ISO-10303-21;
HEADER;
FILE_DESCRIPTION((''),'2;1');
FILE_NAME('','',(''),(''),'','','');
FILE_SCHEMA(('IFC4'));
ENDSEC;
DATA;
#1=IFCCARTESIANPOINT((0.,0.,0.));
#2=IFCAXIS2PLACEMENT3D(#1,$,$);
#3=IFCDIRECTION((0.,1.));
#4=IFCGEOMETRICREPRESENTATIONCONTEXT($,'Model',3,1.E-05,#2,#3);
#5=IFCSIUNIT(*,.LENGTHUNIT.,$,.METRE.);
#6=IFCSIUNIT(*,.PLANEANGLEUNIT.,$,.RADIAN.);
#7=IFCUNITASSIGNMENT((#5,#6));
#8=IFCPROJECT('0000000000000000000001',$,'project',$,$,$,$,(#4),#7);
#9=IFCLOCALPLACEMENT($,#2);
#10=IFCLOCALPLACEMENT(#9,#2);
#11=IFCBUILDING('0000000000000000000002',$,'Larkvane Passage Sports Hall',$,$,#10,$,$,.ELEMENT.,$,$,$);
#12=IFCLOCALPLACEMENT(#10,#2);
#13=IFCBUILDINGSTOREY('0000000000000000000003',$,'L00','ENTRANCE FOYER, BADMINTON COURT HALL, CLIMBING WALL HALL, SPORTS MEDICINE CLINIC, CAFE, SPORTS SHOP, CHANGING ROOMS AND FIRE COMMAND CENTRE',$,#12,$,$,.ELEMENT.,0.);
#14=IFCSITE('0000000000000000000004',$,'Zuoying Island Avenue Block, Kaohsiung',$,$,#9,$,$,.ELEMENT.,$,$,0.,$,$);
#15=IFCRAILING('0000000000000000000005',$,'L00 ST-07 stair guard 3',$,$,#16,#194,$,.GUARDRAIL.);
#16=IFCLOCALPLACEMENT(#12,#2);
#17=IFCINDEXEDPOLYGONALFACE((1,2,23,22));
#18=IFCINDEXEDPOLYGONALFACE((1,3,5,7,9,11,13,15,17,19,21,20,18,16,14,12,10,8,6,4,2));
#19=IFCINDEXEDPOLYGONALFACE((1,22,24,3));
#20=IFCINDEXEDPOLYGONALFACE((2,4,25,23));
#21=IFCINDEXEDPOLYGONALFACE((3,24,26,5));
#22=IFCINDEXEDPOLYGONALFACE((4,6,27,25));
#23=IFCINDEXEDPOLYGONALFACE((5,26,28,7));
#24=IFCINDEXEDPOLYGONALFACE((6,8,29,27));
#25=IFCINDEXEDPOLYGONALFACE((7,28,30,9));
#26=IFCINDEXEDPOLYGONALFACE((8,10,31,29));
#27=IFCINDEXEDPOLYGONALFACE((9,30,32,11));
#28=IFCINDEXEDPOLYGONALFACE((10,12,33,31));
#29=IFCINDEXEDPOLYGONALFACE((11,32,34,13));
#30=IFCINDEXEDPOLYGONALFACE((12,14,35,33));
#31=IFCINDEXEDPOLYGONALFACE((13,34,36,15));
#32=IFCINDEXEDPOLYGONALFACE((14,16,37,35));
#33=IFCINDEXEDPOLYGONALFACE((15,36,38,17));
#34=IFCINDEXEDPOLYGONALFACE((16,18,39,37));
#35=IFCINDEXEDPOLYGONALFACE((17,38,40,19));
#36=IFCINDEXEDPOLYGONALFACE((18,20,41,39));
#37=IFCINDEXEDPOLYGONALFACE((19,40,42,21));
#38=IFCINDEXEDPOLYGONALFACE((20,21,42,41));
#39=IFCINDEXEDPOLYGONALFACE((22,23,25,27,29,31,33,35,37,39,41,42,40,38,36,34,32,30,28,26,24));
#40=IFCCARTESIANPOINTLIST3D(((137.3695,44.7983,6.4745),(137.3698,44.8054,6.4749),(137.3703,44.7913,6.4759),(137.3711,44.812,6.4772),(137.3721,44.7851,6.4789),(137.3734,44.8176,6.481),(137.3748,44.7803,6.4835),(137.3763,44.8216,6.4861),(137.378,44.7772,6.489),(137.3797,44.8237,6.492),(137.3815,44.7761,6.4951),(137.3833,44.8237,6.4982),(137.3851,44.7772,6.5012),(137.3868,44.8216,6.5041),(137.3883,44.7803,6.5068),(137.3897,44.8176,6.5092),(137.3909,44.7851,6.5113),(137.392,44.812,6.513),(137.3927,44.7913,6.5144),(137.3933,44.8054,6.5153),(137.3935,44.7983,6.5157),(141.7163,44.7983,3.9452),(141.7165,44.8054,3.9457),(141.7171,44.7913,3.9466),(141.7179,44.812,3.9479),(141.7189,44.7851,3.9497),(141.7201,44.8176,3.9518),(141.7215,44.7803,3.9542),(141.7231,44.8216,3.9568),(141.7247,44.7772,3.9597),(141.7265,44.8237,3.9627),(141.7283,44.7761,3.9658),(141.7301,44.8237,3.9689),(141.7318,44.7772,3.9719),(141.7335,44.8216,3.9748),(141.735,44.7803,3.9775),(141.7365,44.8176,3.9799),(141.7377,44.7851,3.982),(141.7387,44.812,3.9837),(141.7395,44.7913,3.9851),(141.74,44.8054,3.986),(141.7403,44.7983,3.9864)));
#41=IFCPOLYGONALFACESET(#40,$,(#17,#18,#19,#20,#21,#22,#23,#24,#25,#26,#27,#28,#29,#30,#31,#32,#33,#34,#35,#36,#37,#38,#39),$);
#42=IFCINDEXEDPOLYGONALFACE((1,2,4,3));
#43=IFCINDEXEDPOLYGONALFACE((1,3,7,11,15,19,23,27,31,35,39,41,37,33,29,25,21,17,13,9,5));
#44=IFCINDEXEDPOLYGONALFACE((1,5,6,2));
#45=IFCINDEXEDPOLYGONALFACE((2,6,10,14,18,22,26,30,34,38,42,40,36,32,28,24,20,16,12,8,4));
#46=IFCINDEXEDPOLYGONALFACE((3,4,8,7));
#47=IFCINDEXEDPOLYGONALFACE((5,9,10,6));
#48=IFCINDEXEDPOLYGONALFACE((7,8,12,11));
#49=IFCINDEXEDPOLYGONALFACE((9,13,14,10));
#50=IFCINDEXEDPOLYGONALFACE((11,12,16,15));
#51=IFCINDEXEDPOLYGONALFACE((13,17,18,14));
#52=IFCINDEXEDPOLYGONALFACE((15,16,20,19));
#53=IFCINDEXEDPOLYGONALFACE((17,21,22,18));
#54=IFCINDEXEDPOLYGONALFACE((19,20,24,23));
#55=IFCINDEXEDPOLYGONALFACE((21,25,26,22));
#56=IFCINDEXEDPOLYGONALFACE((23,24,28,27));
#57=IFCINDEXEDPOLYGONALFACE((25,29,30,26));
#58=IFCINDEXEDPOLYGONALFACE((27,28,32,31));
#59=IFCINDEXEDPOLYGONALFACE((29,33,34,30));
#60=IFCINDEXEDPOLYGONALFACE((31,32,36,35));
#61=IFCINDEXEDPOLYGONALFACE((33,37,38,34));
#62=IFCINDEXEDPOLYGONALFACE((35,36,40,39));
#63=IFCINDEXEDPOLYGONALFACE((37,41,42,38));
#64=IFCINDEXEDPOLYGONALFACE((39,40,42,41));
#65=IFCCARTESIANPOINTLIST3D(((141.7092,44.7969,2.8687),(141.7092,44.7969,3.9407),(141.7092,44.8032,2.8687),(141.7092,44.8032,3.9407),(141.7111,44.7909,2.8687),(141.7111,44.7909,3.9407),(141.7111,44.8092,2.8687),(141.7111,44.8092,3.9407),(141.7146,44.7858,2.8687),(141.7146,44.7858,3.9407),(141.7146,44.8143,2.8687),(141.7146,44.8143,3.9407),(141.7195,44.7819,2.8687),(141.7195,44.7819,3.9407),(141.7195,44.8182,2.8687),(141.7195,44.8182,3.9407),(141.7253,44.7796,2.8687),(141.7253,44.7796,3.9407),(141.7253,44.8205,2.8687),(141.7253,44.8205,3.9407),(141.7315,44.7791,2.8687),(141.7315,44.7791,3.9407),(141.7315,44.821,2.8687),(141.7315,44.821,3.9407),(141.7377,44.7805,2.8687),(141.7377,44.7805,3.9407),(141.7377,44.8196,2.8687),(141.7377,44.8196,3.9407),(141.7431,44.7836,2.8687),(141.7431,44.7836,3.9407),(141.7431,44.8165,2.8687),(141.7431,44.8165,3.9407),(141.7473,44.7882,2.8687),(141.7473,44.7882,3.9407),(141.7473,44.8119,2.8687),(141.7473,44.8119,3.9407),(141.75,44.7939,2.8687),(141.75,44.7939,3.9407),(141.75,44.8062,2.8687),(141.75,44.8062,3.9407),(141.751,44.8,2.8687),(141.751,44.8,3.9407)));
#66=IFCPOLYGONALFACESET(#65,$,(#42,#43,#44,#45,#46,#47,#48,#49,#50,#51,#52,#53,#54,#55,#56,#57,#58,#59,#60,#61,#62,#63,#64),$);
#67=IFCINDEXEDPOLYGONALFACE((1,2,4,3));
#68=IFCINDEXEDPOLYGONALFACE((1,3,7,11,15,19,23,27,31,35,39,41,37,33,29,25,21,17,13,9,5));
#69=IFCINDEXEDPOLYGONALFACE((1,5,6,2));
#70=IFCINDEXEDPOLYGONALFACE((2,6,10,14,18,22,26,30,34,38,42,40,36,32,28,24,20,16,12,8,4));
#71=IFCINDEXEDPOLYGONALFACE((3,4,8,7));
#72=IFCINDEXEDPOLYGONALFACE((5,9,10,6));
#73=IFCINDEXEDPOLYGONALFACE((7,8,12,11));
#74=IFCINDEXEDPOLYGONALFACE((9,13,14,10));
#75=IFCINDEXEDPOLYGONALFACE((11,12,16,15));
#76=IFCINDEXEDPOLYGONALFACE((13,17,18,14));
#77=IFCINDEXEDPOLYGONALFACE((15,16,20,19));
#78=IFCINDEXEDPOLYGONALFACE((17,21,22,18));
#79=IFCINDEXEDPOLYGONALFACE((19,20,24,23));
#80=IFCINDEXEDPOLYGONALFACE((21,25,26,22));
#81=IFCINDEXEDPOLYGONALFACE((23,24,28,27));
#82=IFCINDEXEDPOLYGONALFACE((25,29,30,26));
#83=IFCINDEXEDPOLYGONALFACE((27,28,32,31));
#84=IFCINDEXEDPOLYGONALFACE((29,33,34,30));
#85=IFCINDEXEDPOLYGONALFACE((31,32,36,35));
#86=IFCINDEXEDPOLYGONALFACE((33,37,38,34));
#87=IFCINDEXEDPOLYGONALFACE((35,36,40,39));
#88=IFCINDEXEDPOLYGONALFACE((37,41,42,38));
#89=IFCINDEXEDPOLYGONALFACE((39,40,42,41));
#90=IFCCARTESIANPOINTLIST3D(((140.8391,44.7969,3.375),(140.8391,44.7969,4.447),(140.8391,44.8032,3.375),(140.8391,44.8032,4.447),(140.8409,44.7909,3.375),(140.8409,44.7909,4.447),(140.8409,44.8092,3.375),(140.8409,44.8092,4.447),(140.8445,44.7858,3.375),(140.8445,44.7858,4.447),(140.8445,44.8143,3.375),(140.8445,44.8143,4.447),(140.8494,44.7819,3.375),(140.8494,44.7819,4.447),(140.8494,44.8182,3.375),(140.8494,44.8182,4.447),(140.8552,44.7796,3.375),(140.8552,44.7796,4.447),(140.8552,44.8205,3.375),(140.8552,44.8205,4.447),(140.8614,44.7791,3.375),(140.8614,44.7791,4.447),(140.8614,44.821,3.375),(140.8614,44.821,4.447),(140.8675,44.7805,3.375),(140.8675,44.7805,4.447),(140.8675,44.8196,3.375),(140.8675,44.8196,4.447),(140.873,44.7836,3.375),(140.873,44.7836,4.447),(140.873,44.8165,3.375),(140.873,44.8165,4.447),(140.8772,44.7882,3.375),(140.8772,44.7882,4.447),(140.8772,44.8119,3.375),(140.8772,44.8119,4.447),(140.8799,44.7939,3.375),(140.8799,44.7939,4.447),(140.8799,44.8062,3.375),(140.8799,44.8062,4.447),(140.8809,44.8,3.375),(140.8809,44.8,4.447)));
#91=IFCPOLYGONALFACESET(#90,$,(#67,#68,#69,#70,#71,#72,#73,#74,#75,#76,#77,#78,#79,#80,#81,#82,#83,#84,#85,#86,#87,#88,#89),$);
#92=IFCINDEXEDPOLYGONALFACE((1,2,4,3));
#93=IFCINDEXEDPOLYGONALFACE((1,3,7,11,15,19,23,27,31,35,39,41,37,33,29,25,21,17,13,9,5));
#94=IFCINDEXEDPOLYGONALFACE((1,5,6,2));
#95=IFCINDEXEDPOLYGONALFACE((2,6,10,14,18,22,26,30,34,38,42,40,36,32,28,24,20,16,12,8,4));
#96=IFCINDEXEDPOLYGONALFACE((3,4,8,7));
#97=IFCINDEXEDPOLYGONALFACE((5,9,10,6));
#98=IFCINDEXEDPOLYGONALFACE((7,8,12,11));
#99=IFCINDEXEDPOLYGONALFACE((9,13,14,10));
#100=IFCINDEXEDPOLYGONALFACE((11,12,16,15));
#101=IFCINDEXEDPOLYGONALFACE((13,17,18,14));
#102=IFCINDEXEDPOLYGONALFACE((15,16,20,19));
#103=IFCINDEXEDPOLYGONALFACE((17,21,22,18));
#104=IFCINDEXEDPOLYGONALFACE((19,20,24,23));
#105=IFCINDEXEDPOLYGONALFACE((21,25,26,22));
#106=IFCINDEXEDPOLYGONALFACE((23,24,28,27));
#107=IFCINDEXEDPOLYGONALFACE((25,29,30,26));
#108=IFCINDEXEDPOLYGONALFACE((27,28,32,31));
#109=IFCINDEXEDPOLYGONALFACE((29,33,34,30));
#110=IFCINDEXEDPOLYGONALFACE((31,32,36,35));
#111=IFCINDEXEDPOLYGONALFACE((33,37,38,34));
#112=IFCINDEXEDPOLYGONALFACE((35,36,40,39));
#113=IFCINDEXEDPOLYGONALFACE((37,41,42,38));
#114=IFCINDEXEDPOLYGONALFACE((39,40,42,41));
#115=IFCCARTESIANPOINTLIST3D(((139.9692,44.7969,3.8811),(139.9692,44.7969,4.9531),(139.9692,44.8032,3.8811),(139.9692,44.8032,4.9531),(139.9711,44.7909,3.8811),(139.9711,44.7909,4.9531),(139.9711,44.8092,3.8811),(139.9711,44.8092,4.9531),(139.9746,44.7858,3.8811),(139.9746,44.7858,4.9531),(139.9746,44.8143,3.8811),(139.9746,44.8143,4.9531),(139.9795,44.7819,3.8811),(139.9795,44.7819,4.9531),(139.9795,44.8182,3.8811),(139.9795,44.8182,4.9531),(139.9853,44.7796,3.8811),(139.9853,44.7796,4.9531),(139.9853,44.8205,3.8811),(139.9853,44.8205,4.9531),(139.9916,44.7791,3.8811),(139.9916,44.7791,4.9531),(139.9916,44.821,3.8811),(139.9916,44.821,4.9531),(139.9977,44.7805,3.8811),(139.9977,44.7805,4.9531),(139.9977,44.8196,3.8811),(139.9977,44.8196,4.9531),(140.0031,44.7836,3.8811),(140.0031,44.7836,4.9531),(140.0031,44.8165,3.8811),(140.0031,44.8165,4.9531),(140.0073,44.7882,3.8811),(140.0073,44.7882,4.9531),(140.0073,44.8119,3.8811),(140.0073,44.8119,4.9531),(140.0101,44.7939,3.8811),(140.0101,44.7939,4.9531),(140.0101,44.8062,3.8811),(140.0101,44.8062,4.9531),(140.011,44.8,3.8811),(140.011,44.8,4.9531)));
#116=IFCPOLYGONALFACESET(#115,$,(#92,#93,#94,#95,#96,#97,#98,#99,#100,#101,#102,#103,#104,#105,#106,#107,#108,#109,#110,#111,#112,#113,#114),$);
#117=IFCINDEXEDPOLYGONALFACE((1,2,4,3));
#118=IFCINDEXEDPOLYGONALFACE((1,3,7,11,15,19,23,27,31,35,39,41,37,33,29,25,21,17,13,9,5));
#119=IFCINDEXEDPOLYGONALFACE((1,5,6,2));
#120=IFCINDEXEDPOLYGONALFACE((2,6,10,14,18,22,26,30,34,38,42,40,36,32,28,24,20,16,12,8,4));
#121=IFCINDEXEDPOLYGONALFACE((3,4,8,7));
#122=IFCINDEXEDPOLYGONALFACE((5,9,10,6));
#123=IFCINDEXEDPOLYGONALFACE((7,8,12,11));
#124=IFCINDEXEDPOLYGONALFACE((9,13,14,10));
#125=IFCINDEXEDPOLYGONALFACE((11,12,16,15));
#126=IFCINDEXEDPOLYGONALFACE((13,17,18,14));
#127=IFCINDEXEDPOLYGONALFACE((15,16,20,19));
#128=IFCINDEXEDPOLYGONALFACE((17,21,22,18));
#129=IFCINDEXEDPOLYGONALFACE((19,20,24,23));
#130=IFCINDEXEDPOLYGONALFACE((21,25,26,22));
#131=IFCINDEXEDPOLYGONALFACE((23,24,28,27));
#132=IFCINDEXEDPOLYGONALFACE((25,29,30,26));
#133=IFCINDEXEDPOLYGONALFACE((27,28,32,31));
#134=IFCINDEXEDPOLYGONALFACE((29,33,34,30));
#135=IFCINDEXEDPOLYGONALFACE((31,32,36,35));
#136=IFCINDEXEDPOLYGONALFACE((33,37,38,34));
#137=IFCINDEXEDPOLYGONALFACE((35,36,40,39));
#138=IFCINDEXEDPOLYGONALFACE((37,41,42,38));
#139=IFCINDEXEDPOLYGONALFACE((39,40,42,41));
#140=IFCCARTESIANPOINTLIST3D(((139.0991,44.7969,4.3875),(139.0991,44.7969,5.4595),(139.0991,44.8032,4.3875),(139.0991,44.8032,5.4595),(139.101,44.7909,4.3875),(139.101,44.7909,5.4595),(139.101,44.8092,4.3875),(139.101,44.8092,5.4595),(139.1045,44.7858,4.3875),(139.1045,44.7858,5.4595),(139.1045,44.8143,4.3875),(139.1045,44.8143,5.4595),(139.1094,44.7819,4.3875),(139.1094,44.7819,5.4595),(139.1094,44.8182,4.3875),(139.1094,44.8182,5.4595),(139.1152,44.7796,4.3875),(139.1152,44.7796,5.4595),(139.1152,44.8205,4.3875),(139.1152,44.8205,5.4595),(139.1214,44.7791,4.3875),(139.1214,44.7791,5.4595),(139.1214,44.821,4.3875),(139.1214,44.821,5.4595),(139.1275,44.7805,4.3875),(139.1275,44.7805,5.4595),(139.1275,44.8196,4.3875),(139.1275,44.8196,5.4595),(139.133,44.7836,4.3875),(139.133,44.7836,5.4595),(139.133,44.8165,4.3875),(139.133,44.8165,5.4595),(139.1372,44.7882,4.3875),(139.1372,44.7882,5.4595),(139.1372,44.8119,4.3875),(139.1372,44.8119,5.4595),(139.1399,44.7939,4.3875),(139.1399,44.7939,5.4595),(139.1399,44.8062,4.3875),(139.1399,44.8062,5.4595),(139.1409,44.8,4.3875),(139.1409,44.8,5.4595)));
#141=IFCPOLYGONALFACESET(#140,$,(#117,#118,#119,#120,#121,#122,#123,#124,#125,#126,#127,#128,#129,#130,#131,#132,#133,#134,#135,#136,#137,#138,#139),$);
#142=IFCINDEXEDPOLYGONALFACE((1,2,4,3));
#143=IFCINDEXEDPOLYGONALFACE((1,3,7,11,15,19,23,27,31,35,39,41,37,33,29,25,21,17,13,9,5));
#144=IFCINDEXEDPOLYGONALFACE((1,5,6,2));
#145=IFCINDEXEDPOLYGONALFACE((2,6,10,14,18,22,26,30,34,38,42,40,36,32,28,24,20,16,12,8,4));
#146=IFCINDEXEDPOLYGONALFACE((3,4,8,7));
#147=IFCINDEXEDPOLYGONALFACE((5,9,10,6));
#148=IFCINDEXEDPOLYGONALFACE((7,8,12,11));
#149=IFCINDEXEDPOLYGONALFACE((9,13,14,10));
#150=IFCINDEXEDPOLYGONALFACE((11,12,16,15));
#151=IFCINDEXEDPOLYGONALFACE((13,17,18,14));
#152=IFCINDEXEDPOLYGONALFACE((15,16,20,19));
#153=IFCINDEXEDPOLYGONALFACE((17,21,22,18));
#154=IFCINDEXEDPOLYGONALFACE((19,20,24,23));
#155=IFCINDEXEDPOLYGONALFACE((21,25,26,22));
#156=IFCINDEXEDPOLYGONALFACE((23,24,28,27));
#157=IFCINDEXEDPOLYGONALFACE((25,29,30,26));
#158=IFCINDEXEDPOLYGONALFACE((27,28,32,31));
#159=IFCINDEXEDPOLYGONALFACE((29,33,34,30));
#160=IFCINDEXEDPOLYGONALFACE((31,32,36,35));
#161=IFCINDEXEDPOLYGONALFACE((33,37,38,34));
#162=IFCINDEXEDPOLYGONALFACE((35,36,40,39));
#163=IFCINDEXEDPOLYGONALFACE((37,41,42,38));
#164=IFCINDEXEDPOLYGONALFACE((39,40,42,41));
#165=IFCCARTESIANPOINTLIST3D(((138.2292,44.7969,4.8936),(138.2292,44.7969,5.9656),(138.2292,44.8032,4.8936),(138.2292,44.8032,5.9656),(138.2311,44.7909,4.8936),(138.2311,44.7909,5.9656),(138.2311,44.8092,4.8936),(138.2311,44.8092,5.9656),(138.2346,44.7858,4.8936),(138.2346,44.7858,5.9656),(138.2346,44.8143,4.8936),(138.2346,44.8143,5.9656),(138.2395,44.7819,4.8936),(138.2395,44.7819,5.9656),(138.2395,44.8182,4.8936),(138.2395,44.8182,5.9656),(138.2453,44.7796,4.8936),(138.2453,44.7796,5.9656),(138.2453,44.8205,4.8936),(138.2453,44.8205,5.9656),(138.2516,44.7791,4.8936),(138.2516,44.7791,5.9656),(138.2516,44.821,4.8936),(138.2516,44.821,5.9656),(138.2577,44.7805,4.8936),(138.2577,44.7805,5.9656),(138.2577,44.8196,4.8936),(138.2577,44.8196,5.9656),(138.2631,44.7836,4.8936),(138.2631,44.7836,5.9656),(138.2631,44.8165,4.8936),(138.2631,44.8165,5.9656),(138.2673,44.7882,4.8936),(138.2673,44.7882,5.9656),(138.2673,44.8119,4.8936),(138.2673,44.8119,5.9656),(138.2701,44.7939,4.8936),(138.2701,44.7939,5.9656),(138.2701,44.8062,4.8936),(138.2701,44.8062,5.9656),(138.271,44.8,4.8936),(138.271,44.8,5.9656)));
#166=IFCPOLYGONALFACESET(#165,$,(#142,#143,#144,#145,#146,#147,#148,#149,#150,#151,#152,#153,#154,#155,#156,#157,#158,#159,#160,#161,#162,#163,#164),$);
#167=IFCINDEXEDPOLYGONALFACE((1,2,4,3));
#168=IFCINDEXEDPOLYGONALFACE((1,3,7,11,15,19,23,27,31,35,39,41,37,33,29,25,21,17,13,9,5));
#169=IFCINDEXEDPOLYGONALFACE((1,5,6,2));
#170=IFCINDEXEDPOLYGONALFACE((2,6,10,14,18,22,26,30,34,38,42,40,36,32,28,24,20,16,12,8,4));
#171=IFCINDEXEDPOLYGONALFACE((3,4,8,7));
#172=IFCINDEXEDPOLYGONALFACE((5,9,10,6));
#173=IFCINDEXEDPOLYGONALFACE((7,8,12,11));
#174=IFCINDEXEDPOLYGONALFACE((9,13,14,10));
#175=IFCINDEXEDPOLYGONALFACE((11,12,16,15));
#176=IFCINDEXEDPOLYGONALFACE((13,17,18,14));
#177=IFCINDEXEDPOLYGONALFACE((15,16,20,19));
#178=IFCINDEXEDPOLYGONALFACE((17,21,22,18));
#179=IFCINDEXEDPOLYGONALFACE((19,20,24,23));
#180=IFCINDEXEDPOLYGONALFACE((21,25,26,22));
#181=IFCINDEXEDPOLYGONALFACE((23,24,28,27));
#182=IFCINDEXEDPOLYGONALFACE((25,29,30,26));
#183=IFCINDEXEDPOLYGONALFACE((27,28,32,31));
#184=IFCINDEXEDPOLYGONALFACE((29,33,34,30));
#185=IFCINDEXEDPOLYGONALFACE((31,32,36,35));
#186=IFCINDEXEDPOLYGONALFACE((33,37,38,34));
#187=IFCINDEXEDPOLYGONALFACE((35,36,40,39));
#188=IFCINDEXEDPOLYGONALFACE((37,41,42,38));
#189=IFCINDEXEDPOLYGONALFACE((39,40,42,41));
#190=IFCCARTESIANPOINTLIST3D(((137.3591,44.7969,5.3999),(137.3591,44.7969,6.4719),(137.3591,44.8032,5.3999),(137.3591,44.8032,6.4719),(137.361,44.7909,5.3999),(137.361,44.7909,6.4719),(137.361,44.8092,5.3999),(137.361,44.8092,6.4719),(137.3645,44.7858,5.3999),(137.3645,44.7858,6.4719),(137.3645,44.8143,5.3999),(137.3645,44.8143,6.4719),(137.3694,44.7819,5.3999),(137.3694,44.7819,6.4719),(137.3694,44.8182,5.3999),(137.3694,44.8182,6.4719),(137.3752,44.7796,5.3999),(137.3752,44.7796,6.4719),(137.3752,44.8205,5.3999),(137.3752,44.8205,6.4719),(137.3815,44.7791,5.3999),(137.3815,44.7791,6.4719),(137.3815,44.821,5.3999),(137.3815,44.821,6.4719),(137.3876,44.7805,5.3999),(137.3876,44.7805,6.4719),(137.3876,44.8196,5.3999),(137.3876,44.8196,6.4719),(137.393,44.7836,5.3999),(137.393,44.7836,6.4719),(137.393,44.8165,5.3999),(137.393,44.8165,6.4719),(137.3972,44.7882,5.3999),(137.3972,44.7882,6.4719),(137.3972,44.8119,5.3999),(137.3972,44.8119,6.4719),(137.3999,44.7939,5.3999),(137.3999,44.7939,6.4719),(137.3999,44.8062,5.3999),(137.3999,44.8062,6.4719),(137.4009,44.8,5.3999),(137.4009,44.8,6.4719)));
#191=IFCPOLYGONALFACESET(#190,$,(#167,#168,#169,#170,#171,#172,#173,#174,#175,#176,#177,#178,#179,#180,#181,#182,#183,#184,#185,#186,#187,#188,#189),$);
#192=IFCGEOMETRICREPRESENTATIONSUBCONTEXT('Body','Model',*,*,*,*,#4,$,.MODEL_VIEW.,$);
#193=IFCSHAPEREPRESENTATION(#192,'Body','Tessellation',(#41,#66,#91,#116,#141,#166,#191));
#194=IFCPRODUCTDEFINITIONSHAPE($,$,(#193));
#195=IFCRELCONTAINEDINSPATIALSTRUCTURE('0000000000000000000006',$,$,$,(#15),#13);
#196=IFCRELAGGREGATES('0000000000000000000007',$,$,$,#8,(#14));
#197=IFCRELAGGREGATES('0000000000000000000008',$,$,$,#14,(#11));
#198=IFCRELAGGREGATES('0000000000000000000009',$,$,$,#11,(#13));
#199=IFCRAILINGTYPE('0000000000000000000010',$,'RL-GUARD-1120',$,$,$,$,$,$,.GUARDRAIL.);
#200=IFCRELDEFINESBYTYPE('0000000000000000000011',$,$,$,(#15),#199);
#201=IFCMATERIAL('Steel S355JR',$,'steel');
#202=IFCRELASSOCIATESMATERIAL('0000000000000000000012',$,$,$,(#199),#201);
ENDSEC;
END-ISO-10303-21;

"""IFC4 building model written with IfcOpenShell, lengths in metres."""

from ifc_helpers import new_model, si_unit, direction, frame, origin, origin_2d, place, context, subcontext, project, spatial, circle, extrude, material, type_object, element, save


model = new_model("IFC4")

# Units and contexts
model_context = context("Model", 3, precision=1e-05, world=origin(), true_north=direction((0.0, 1.0)))
body_context = subcontext(model_context, "Body", "Model", "MODEL_VIEW")
ifc_project = project(units=[si_unit("LENGTHUNIT", "METRE"), si_unit("PLANEANGLEUNIT", "RADIAN")], contexts=[model_context])

# Site, building, storey
site_placement = place(None, origin())
site = spatial("IfcSite", under=ifc_project, at=site_placement, Name="Zuoying Island Avenue Block, Kaohsiung", CompositionType="ELEMENT", RefElevation=0.0)
building_placement = place(site_placement, origin())
building = spatial("IfcBuilding", under=site, at=building_placement, Name="Larkvane Passage Sports Hall", CompositionType="ELEMENT")
storey_placement = place(building_placement, origin())
storey = spatial("IfcBuildingStorey", under=building, at=storey_placement, Name="L00", Description="ENTRANCE FOYER, BADMINTON COURT HALL, CLIMBING WALL HALL, SPORTS MEDICINE CLINIC, CAFE, SPORTS SHOP, CHANGING ROOMS AND FIRE COMMAND CENTRE", CompositionType="ELEMENT", Elevation=0.0)

# Shared definitions
ifc_material_1 = material(Name="Steel S355JR", Category="steel")

# Railing
railing_type_1 = type_object("IfcRailingType", Name="RL-GUARD-1120", PredefinedType="GUARDRAIL", material=ifc_material_1)
railing_1_placement = place(storey_placement, frame((141.73, 44.8, 2.8687)))
element("IfcRailing", 1, at=railing_1_placement, inside=storey, type_object=railing_type_1, Name="L00 ST-07 stair guard 3", PredefinedType="GUARDRAIL", context=body_context, shape_type="SweptSolid", body=[
    extrude(circle(Radius=0.0239, at=origin_2d()), frame((-0.0017, 0.0, 1.0972), z_axis=(-0.864324, 0.0, 0.502936), x_axis=(0.0, -1.0, 0.0)), (0.0, 0.0, 1.0), 5.0291),
    extrude(circle(Radius=0.021, at=origin_2d()), origin(), (0.0, 0.0, 1.0), 1.072),
    extrude(circle(Radius=0.021, at=origin_2d()), frame((-0.8701, 0.0, 0.5063)), (0.0, 0.0, 1.0), 1.072),
    extrude(circle(Radius=0.021, at=origin_2d()), frame((-1.74, 0.0, 1.0125)), (0.0, 0.0, 1.0), 1.072),
    extrude(circle(Radius=0.021, at=origin_2d()), frame((-2.6101, 0.0, 1.5188)), (0.0, 0.0, 1.0), 1.072),
    extrude(circle(Radius=0.021, at=origin_2d()), frame((-3.48, 0.0, 2.0249)), (0.0, 0.0, 1.0), 1.072),
    extrude(circle(Radius=0.021, at=origin_2d()), frame((-4.3501, 0.0, 2.5312)), (0.0, 0.0, 1.0), 1.072),
])

save(model, "model.ifc")
